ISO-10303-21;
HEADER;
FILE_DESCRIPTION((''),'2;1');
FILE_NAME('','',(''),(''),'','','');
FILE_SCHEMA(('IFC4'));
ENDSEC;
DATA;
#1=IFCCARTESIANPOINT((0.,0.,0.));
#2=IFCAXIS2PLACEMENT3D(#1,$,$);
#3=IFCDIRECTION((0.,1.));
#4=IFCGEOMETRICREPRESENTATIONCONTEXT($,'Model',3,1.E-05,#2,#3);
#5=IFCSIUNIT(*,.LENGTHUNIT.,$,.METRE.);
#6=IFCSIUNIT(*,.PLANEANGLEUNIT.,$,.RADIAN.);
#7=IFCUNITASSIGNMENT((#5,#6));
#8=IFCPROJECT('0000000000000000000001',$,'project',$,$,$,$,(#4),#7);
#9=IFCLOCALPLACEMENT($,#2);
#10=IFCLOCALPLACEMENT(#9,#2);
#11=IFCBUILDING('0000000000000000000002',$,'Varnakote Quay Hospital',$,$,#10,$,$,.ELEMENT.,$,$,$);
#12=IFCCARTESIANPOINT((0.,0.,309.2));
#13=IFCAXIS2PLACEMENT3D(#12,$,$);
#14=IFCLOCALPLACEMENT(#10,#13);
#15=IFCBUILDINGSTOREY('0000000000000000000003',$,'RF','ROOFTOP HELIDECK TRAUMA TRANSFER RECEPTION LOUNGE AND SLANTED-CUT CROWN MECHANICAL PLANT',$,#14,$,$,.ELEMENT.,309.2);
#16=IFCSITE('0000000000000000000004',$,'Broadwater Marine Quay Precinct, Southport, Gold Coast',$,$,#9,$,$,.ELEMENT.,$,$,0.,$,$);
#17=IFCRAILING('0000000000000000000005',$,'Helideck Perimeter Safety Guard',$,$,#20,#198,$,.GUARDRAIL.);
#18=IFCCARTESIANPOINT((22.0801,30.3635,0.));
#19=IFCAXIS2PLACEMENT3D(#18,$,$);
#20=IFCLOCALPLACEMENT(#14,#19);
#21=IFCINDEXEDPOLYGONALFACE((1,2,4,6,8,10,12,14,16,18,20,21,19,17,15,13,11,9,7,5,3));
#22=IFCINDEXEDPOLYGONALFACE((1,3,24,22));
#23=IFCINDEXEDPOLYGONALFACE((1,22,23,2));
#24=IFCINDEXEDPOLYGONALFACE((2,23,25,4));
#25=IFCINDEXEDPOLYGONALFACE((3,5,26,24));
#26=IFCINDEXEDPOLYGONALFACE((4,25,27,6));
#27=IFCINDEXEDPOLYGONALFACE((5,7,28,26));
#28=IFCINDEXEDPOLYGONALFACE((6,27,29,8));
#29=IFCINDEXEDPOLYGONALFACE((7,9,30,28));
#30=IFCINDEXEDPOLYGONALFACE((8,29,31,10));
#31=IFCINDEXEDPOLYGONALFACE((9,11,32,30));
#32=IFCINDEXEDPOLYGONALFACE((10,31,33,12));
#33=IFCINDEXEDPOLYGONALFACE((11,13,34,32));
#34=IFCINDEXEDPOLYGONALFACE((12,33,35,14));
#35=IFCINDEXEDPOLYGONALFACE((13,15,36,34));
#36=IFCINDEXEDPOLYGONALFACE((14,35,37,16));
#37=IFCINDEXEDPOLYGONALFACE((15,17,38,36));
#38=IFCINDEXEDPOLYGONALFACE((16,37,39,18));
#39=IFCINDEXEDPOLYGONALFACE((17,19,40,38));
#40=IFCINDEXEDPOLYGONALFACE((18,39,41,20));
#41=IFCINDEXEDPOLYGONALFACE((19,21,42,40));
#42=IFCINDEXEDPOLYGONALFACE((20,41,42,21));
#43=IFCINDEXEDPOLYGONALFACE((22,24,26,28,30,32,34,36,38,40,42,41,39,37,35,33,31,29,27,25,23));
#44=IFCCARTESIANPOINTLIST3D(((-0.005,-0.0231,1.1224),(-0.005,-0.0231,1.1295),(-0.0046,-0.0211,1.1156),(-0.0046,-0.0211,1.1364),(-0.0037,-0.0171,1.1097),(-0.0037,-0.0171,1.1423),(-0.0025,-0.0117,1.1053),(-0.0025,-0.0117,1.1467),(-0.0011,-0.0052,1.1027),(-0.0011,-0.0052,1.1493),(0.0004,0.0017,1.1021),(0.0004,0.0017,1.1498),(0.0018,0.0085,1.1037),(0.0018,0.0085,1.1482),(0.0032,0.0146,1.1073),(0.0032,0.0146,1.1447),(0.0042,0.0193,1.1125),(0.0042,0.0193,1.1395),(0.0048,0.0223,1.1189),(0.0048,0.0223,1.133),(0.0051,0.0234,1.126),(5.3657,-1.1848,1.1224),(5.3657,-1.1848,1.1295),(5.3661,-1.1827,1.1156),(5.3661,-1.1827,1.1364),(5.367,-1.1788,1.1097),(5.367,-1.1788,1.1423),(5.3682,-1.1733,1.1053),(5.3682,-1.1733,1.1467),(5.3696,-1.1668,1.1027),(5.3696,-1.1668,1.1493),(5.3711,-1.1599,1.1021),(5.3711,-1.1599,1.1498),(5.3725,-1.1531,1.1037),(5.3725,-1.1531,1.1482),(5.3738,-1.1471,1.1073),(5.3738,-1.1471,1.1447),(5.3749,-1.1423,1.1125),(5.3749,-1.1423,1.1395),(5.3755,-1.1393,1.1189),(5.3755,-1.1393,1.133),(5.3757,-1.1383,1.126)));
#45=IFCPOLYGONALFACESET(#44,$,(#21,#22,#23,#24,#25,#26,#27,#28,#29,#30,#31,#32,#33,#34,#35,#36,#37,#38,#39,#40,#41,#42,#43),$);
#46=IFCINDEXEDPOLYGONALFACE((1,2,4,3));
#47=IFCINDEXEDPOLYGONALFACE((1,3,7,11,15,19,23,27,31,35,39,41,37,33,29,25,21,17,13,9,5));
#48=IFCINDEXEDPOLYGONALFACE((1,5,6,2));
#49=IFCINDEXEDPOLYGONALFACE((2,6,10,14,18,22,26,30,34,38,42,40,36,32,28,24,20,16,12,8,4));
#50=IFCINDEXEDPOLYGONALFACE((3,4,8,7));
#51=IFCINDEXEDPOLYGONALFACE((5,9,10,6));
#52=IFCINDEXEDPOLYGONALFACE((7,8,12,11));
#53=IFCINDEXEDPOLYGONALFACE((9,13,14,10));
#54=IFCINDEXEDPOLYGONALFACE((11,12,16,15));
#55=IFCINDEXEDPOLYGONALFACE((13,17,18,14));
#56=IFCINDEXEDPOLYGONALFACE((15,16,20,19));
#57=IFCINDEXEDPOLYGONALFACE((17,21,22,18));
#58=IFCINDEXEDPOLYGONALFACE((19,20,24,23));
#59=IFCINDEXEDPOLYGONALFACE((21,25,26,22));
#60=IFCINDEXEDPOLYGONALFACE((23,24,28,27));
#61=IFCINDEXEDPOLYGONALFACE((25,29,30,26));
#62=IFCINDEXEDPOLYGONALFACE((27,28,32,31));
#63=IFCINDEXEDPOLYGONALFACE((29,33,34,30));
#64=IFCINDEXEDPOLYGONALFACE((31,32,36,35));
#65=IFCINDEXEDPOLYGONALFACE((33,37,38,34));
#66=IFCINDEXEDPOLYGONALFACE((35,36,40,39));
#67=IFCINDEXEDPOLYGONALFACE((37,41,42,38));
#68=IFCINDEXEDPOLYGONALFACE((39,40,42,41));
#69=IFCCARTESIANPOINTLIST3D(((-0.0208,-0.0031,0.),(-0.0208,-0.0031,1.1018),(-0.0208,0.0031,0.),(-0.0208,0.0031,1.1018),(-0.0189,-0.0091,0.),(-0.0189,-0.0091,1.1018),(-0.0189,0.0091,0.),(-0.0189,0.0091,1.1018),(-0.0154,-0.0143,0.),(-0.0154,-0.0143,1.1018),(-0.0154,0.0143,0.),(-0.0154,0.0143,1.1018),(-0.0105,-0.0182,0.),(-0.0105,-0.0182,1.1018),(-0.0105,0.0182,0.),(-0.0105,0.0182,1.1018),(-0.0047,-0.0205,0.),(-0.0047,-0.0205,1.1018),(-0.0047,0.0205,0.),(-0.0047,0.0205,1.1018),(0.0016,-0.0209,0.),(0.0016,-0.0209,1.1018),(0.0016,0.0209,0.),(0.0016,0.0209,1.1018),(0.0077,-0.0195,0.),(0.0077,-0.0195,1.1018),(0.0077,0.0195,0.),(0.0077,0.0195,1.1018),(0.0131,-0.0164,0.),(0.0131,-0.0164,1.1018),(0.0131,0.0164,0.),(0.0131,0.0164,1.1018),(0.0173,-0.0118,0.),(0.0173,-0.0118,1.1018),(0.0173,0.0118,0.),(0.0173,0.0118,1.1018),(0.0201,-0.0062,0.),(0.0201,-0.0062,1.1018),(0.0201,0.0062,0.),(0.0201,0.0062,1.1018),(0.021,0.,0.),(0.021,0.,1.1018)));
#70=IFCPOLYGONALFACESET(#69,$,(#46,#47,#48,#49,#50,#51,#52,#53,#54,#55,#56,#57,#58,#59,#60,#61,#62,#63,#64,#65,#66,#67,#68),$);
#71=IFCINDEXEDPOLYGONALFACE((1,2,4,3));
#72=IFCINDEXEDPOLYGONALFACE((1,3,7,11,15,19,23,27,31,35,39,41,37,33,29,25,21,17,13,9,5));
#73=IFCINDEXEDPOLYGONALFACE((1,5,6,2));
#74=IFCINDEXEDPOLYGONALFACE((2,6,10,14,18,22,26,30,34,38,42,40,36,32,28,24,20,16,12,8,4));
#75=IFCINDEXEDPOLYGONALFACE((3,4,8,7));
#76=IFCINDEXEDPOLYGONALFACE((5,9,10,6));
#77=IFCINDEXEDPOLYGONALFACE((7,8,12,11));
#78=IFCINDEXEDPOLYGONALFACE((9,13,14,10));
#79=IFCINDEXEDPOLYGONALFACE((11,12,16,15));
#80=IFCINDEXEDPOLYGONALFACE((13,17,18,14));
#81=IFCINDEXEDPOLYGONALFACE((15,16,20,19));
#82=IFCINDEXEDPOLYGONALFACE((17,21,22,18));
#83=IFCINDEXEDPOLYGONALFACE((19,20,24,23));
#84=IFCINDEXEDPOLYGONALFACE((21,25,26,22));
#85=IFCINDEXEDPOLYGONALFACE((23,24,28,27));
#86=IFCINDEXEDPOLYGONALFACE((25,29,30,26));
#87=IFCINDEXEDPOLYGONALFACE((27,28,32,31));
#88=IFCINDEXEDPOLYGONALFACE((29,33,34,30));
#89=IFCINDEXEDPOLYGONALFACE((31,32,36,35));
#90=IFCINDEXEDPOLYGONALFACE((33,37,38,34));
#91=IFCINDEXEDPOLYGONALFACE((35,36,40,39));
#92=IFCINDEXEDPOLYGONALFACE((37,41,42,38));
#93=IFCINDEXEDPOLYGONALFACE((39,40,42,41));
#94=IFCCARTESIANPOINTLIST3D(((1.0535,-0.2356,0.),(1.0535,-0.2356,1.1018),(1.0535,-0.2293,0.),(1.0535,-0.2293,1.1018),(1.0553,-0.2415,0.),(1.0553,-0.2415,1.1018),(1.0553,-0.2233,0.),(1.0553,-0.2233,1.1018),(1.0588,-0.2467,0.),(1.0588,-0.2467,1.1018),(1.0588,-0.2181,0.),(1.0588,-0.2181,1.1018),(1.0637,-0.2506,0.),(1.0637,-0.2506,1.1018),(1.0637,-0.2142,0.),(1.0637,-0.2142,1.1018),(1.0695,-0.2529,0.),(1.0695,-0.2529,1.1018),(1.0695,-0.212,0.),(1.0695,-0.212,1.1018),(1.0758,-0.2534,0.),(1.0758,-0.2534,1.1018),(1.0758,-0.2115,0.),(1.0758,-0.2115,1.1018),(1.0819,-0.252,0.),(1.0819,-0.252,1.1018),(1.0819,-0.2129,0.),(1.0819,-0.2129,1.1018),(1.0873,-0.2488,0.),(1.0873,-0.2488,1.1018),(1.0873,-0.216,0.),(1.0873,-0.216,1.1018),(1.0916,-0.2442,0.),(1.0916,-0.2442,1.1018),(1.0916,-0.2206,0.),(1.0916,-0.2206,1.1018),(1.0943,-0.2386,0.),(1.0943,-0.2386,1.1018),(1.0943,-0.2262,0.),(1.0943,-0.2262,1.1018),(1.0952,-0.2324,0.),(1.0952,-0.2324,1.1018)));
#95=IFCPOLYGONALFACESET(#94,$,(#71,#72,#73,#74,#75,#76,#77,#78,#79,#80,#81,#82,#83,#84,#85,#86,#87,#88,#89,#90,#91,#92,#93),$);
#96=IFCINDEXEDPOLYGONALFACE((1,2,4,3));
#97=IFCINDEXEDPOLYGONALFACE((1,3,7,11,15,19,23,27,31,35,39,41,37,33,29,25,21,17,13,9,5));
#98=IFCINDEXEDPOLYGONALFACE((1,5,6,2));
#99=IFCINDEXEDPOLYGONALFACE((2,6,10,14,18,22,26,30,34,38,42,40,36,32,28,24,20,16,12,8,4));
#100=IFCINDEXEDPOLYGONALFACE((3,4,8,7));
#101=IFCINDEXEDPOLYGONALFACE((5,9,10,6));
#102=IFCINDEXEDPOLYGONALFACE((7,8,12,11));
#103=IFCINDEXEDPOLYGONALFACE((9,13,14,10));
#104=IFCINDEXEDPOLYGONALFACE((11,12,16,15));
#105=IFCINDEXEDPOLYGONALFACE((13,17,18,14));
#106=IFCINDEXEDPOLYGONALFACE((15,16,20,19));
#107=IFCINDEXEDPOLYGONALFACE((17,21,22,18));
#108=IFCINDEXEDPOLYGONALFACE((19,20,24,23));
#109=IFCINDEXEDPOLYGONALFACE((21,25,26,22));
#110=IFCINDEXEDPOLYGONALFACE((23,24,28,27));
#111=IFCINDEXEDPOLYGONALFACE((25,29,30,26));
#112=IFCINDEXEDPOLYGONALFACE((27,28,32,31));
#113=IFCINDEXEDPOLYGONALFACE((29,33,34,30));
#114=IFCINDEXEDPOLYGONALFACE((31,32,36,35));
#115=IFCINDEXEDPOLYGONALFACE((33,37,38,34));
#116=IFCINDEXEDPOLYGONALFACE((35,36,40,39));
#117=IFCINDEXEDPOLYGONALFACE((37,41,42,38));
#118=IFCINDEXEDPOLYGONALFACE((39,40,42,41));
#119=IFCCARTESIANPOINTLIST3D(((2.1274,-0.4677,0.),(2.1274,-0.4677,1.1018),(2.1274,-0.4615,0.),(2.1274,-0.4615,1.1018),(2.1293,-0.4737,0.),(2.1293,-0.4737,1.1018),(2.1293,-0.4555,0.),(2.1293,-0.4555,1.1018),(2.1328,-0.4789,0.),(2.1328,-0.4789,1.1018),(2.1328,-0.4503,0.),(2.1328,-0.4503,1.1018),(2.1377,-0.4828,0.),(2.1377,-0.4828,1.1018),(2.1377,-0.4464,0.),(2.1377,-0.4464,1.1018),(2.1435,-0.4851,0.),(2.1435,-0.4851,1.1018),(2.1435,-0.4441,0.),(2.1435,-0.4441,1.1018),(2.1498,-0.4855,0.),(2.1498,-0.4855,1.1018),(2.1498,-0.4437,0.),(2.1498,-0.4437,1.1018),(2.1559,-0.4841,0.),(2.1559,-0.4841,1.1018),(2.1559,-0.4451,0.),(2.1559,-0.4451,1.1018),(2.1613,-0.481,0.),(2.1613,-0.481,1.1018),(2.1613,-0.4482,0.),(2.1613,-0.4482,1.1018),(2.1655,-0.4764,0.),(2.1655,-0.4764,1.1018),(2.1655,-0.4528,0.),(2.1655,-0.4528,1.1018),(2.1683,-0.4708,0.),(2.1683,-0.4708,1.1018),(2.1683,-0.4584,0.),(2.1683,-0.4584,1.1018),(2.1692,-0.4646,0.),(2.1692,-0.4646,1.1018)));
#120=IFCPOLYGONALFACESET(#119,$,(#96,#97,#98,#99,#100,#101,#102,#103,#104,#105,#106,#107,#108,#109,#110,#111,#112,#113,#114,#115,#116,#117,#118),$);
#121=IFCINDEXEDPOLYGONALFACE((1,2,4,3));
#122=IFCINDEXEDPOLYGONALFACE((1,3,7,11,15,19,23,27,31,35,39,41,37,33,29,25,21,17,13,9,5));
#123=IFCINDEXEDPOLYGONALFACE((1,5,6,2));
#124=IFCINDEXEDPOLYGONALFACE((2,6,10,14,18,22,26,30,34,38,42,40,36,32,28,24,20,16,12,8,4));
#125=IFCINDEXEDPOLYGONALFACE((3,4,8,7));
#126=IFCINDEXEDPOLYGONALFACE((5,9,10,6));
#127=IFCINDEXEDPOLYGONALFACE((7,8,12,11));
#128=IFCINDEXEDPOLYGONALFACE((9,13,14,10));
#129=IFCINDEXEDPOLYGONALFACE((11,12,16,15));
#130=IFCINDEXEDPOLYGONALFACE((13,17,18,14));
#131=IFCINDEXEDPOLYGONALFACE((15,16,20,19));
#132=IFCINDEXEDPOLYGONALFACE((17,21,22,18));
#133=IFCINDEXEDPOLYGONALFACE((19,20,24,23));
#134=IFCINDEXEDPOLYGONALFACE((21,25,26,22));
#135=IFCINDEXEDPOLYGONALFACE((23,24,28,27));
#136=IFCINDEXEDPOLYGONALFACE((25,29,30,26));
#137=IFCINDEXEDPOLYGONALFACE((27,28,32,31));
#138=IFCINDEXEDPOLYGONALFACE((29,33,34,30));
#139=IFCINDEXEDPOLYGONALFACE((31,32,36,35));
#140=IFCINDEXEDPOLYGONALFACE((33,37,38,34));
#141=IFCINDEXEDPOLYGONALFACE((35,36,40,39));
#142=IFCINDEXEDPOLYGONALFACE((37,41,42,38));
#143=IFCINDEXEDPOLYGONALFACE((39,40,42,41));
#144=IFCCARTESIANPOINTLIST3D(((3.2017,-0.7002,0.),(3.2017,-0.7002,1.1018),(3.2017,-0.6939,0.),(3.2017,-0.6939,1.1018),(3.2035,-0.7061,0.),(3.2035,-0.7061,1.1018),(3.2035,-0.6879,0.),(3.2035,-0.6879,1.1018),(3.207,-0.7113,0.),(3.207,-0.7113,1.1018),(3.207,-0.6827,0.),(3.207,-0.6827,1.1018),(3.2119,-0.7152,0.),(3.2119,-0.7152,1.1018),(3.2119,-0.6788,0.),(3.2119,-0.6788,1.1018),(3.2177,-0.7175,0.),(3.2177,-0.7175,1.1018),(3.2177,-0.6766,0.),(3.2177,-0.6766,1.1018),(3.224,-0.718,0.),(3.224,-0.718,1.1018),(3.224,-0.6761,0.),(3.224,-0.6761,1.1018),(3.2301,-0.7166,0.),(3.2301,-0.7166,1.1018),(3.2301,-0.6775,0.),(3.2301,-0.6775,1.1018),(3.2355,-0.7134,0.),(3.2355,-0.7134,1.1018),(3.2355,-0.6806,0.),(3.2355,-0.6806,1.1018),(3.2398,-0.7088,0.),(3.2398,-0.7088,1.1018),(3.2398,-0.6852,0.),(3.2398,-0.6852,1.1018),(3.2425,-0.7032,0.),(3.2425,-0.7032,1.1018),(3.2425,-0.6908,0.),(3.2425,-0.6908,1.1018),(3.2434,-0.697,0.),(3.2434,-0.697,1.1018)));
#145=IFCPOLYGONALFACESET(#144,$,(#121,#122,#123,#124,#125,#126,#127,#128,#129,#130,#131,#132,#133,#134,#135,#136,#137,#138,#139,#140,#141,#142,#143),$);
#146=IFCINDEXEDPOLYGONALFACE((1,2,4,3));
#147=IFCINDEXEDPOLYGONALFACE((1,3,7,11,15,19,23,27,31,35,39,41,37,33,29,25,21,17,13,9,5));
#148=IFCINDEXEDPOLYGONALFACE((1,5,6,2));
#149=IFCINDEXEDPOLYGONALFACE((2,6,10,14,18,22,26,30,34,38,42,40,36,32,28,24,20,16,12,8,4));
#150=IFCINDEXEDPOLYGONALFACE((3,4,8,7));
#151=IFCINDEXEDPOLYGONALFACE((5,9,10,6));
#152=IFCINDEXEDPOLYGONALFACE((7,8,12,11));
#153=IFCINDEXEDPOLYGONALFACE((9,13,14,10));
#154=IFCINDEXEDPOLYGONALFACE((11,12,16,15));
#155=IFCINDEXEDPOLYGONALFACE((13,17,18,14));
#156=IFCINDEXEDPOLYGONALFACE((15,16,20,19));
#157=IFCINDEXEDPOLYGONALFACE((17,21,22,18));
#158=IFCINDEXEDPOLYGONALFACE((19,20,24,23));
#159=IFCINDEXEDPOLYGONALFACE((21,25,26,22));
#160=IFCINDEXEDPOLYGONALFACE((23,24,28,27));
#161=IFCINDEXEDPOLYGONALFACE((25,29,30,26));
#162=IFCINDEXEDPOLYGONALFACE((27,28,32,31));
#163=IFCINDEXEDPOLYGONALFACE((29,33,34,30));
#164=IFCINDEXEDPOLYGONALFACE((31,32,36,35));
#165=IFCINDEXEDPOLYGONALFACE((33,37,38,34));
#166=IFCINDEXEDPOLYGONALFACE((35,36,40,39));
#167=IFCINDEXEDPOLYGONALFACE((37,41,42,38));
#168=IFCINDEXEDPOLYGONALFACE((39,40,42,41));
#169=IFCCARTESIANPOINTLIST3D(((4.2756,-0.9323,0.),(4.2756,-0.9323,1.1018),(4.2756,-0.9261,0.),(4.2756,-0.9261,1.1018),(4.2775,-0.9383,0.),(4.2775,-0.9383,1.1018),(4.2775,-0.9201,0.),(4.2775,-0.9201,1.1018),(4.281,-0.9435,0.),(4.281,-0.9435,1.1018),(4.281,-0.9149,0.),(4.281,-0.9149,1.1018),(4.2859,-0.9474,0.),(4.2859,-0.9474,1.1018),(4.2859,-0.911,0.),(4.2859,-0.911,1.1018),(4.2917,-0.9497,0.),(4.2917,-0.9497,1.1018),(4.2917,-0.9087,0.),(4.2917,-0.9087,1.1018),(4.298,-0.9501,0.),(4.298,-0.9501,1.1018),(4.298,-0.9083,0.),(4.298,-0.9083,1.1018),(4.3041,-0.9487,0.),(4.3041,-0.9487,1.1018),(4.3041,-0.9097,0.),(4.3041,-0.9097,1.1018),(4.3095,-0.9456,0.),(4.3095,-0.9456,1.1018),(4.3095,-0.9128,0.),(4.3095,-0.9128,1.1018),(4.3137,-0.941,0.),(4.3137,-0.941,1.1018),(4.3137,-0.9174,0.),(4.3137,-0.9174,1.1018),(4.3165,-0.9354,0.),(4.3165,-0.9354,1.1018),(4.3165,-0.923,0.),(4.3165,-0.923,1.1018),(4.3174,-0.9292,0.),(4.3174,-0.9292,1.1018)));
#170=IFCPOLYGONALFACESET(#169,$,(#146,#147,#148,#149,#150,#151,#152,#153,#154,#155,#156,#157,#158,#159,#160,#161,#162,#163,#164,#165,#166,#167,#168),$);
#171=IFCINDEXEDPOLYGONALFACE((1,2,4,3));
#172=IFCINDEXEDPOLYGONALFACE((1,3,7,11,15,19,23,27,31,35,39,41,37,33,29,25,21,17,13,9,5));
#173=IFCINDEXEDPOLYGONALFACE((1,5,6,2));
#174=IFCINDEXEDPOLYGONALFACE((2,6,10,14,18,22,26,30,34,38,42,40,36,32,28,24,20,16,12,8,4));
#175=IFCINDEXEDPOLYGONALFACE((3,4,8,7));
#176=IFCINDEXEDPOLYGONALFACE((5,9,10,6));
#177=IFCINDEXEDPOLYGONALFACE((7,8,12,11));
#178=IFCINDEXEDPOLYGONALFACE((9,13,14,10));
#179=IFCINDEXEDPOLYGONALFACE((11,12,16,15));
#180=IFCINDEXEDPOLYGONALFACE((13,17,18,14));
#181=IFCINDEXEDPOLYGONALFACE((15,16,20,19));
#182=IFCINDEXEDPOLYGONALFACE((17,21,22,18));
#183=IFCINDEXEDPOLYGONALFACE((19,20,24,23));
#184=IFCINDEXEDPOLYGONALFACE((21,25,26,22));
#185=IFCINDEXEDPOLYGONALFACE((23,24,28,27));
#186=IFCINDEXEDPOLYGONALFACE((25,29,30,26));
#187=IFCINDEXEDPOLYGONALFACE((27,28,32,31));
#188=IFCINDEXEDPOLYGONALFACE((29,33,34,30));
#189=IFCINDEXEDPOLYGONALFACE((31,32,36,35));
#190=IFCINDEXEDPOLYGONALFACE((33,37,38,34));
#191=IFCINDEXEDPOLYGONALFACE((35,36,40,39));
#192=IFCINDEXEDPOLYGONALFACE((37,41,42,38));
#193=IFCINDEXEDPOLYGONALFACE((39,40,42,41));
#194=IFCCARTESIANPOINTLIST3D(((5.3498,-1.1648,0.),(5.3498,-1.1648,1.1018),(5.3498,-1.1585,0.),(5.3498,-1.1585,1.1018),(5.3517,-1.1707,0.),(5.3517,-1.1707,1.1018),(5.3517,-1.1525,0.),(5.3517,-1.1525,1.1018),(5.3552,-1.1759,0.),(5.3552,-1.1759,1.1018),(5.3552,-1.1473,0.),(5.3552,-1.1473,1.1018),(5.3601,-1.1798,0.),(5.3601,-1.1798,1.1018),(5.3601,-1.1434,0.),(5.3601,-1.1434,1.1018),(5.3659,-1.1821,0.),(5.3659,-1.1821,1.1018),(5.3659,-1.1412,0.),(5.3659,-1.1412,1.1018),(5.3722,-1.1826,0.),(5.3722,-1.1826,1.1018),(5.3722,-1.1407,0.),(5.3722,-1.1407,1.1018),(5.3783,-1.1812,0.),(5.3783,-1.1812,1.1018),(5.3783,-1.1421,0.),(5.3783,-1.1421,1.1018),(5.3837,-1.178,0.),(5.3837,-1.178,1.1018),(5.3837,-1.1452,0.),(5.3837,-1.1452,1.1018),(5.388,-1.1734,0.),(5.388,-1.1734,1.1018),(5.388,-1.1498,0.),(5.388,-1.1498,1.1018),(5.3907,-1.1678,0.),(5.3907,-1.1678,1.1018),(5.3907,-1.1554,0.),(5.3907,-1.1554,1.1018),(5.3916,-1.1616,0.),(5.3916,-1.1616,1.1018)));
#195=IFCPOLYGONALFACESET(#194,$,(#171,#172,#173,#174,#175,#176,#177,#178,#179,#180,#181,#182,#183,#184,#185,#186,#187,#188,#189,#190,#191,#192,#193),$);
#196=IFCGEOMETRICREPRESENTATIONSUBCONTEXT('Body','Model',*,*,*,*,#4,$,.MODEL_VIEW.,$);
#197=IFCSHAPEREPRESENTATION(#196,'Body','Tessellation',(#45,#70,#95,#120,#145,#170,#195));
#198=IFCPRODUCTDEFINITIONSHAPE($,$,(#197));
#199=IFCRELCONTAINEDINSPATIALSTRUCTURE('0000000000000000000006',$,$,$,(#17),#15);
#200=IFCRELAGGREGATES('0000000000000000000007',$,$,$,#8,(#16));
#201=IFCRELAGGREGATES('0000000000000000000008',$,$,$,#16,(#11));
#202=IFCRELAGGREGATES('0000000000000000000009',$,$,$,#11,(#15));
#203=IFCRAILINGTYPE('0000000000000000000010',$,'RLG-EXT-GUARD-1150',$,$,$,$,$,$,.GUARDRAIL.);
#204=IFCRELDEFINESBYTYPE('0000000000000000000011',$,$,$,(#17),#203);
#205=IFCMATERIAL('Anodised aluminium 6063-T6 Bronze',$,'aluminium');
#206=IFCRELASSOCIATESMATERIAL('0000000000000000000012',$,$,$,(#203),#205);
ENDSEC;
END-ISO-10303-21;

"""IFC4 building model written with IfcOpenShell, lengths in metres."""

from ifc_helpers import new_model, si_unit, direction, frame, origin, origin_2d, place, context, subcontext, project, spatial, circle, extrude, material, type_object, element, save


model = new_model("IFC4")

# Units and contexts
model_context = context("Model", 3, precision=1e-05, world=origin(), true_north=direction((0.0, 1.0)))
body_context = subcontext(model_context, "Body", "Model", "MODEL_VIEW")
ifc_project = project(units=[si_unit("LENGTHUNIT", "METRE"), si_unit("PLANEANGLEUNIT", "RADIAN")], contexts=[model_context])

# Site, building, storey
site_placement = place(None, origin())
site = spatial("IfcSite", under=ifc_project, at=site_placement, Name="Broadwater Marine Quay Precinct, Southport, Gold Coast", CompositionType="ELEMENT", RefElevation=0.0)
building_placement = place(site_placement, origin())
building = spatial("IfcBuilding", under=site, at=building_placement, Name="Varnakote Quay Hospital", CompositionType="ELEMENT")
storey_placement = place(building_placement, frame((0.0, 0.0, 309.2)))
storey = spatial("IfcBuildingStorey", under=building, at=storey_placement, Name="RF", Description="ROOFTOP HELIDECK TRAUMA TRANSFER RECEPTION LOUNGE AND SLANTED-CUT CROWN MECHANICAL PLANT", CompositionType="ELEMENT", Elevation=309.2)

# Railing
ifc_material_1 = material(Name="Anodised aluminium 6063-T6 Bronze", Category="aluminium")
railing_type = type_object("IfcRailingType", Name="RLG-EXT-GUARD-1150", PredefinedType="GUARDRAIL", material=ifc_material_1)
railing_1_placement = place(storey_placement, frame((22.0801, 30.3635, 0.0)))
element("IfcRailing", 1, at=railing_1_placement, inside=storey, type_object=railing_type, Name="Helideck Perimeter Safety Guard", PredefinedType="GUARDRAIL", context=body_context, shape_type="SweptSolid", body=[
    extrude(circle(Radius=0.0239, at=origin_2d()), frame((0.0, 0.0, 1.126), z_axis=(0.977399, -0.211404, 0.0), x_axis=(0.211404, 0.977399, 0.0)), (0.0, 0.0, 1.0), 5.4949),
    extrude(circle(Radius=0.021, at=origin_2d()), origin(), (0.0, 0.0, 1.0), 1.1018),
    extrude(circle(Radius=0.021, at=origin_2d()), frame((1.0742, -0.2324, 0.0)), (0.0, 0.0, 1.0), 1.1018),
    extrude(circle(Radius=0.021, at=origin_2d()), frame((2.1482, -0.4646, 0.0)), (0.0, 0.0, 1.0), 1.1018),
    extrude(circle(Radius=0.021, at=origin_2d()), frame((3.2224, -0.697, 0.0)), (0.0, 0.0, 1.0), 1.1018),
    extrude(circle(Radius=0.021, at=origin_2d()), frame((4.2964, -0.9292, 0.0)), (0.0, 0.0, 1.0), 1.1018),
    extrude(circle(Radius=0.021, at=origin_2d()), frame((5.3706, -1.1616, 0.0)), (0.0, 0.0, 1.0), 1.1018),
])

save(model, "model.ifc")
